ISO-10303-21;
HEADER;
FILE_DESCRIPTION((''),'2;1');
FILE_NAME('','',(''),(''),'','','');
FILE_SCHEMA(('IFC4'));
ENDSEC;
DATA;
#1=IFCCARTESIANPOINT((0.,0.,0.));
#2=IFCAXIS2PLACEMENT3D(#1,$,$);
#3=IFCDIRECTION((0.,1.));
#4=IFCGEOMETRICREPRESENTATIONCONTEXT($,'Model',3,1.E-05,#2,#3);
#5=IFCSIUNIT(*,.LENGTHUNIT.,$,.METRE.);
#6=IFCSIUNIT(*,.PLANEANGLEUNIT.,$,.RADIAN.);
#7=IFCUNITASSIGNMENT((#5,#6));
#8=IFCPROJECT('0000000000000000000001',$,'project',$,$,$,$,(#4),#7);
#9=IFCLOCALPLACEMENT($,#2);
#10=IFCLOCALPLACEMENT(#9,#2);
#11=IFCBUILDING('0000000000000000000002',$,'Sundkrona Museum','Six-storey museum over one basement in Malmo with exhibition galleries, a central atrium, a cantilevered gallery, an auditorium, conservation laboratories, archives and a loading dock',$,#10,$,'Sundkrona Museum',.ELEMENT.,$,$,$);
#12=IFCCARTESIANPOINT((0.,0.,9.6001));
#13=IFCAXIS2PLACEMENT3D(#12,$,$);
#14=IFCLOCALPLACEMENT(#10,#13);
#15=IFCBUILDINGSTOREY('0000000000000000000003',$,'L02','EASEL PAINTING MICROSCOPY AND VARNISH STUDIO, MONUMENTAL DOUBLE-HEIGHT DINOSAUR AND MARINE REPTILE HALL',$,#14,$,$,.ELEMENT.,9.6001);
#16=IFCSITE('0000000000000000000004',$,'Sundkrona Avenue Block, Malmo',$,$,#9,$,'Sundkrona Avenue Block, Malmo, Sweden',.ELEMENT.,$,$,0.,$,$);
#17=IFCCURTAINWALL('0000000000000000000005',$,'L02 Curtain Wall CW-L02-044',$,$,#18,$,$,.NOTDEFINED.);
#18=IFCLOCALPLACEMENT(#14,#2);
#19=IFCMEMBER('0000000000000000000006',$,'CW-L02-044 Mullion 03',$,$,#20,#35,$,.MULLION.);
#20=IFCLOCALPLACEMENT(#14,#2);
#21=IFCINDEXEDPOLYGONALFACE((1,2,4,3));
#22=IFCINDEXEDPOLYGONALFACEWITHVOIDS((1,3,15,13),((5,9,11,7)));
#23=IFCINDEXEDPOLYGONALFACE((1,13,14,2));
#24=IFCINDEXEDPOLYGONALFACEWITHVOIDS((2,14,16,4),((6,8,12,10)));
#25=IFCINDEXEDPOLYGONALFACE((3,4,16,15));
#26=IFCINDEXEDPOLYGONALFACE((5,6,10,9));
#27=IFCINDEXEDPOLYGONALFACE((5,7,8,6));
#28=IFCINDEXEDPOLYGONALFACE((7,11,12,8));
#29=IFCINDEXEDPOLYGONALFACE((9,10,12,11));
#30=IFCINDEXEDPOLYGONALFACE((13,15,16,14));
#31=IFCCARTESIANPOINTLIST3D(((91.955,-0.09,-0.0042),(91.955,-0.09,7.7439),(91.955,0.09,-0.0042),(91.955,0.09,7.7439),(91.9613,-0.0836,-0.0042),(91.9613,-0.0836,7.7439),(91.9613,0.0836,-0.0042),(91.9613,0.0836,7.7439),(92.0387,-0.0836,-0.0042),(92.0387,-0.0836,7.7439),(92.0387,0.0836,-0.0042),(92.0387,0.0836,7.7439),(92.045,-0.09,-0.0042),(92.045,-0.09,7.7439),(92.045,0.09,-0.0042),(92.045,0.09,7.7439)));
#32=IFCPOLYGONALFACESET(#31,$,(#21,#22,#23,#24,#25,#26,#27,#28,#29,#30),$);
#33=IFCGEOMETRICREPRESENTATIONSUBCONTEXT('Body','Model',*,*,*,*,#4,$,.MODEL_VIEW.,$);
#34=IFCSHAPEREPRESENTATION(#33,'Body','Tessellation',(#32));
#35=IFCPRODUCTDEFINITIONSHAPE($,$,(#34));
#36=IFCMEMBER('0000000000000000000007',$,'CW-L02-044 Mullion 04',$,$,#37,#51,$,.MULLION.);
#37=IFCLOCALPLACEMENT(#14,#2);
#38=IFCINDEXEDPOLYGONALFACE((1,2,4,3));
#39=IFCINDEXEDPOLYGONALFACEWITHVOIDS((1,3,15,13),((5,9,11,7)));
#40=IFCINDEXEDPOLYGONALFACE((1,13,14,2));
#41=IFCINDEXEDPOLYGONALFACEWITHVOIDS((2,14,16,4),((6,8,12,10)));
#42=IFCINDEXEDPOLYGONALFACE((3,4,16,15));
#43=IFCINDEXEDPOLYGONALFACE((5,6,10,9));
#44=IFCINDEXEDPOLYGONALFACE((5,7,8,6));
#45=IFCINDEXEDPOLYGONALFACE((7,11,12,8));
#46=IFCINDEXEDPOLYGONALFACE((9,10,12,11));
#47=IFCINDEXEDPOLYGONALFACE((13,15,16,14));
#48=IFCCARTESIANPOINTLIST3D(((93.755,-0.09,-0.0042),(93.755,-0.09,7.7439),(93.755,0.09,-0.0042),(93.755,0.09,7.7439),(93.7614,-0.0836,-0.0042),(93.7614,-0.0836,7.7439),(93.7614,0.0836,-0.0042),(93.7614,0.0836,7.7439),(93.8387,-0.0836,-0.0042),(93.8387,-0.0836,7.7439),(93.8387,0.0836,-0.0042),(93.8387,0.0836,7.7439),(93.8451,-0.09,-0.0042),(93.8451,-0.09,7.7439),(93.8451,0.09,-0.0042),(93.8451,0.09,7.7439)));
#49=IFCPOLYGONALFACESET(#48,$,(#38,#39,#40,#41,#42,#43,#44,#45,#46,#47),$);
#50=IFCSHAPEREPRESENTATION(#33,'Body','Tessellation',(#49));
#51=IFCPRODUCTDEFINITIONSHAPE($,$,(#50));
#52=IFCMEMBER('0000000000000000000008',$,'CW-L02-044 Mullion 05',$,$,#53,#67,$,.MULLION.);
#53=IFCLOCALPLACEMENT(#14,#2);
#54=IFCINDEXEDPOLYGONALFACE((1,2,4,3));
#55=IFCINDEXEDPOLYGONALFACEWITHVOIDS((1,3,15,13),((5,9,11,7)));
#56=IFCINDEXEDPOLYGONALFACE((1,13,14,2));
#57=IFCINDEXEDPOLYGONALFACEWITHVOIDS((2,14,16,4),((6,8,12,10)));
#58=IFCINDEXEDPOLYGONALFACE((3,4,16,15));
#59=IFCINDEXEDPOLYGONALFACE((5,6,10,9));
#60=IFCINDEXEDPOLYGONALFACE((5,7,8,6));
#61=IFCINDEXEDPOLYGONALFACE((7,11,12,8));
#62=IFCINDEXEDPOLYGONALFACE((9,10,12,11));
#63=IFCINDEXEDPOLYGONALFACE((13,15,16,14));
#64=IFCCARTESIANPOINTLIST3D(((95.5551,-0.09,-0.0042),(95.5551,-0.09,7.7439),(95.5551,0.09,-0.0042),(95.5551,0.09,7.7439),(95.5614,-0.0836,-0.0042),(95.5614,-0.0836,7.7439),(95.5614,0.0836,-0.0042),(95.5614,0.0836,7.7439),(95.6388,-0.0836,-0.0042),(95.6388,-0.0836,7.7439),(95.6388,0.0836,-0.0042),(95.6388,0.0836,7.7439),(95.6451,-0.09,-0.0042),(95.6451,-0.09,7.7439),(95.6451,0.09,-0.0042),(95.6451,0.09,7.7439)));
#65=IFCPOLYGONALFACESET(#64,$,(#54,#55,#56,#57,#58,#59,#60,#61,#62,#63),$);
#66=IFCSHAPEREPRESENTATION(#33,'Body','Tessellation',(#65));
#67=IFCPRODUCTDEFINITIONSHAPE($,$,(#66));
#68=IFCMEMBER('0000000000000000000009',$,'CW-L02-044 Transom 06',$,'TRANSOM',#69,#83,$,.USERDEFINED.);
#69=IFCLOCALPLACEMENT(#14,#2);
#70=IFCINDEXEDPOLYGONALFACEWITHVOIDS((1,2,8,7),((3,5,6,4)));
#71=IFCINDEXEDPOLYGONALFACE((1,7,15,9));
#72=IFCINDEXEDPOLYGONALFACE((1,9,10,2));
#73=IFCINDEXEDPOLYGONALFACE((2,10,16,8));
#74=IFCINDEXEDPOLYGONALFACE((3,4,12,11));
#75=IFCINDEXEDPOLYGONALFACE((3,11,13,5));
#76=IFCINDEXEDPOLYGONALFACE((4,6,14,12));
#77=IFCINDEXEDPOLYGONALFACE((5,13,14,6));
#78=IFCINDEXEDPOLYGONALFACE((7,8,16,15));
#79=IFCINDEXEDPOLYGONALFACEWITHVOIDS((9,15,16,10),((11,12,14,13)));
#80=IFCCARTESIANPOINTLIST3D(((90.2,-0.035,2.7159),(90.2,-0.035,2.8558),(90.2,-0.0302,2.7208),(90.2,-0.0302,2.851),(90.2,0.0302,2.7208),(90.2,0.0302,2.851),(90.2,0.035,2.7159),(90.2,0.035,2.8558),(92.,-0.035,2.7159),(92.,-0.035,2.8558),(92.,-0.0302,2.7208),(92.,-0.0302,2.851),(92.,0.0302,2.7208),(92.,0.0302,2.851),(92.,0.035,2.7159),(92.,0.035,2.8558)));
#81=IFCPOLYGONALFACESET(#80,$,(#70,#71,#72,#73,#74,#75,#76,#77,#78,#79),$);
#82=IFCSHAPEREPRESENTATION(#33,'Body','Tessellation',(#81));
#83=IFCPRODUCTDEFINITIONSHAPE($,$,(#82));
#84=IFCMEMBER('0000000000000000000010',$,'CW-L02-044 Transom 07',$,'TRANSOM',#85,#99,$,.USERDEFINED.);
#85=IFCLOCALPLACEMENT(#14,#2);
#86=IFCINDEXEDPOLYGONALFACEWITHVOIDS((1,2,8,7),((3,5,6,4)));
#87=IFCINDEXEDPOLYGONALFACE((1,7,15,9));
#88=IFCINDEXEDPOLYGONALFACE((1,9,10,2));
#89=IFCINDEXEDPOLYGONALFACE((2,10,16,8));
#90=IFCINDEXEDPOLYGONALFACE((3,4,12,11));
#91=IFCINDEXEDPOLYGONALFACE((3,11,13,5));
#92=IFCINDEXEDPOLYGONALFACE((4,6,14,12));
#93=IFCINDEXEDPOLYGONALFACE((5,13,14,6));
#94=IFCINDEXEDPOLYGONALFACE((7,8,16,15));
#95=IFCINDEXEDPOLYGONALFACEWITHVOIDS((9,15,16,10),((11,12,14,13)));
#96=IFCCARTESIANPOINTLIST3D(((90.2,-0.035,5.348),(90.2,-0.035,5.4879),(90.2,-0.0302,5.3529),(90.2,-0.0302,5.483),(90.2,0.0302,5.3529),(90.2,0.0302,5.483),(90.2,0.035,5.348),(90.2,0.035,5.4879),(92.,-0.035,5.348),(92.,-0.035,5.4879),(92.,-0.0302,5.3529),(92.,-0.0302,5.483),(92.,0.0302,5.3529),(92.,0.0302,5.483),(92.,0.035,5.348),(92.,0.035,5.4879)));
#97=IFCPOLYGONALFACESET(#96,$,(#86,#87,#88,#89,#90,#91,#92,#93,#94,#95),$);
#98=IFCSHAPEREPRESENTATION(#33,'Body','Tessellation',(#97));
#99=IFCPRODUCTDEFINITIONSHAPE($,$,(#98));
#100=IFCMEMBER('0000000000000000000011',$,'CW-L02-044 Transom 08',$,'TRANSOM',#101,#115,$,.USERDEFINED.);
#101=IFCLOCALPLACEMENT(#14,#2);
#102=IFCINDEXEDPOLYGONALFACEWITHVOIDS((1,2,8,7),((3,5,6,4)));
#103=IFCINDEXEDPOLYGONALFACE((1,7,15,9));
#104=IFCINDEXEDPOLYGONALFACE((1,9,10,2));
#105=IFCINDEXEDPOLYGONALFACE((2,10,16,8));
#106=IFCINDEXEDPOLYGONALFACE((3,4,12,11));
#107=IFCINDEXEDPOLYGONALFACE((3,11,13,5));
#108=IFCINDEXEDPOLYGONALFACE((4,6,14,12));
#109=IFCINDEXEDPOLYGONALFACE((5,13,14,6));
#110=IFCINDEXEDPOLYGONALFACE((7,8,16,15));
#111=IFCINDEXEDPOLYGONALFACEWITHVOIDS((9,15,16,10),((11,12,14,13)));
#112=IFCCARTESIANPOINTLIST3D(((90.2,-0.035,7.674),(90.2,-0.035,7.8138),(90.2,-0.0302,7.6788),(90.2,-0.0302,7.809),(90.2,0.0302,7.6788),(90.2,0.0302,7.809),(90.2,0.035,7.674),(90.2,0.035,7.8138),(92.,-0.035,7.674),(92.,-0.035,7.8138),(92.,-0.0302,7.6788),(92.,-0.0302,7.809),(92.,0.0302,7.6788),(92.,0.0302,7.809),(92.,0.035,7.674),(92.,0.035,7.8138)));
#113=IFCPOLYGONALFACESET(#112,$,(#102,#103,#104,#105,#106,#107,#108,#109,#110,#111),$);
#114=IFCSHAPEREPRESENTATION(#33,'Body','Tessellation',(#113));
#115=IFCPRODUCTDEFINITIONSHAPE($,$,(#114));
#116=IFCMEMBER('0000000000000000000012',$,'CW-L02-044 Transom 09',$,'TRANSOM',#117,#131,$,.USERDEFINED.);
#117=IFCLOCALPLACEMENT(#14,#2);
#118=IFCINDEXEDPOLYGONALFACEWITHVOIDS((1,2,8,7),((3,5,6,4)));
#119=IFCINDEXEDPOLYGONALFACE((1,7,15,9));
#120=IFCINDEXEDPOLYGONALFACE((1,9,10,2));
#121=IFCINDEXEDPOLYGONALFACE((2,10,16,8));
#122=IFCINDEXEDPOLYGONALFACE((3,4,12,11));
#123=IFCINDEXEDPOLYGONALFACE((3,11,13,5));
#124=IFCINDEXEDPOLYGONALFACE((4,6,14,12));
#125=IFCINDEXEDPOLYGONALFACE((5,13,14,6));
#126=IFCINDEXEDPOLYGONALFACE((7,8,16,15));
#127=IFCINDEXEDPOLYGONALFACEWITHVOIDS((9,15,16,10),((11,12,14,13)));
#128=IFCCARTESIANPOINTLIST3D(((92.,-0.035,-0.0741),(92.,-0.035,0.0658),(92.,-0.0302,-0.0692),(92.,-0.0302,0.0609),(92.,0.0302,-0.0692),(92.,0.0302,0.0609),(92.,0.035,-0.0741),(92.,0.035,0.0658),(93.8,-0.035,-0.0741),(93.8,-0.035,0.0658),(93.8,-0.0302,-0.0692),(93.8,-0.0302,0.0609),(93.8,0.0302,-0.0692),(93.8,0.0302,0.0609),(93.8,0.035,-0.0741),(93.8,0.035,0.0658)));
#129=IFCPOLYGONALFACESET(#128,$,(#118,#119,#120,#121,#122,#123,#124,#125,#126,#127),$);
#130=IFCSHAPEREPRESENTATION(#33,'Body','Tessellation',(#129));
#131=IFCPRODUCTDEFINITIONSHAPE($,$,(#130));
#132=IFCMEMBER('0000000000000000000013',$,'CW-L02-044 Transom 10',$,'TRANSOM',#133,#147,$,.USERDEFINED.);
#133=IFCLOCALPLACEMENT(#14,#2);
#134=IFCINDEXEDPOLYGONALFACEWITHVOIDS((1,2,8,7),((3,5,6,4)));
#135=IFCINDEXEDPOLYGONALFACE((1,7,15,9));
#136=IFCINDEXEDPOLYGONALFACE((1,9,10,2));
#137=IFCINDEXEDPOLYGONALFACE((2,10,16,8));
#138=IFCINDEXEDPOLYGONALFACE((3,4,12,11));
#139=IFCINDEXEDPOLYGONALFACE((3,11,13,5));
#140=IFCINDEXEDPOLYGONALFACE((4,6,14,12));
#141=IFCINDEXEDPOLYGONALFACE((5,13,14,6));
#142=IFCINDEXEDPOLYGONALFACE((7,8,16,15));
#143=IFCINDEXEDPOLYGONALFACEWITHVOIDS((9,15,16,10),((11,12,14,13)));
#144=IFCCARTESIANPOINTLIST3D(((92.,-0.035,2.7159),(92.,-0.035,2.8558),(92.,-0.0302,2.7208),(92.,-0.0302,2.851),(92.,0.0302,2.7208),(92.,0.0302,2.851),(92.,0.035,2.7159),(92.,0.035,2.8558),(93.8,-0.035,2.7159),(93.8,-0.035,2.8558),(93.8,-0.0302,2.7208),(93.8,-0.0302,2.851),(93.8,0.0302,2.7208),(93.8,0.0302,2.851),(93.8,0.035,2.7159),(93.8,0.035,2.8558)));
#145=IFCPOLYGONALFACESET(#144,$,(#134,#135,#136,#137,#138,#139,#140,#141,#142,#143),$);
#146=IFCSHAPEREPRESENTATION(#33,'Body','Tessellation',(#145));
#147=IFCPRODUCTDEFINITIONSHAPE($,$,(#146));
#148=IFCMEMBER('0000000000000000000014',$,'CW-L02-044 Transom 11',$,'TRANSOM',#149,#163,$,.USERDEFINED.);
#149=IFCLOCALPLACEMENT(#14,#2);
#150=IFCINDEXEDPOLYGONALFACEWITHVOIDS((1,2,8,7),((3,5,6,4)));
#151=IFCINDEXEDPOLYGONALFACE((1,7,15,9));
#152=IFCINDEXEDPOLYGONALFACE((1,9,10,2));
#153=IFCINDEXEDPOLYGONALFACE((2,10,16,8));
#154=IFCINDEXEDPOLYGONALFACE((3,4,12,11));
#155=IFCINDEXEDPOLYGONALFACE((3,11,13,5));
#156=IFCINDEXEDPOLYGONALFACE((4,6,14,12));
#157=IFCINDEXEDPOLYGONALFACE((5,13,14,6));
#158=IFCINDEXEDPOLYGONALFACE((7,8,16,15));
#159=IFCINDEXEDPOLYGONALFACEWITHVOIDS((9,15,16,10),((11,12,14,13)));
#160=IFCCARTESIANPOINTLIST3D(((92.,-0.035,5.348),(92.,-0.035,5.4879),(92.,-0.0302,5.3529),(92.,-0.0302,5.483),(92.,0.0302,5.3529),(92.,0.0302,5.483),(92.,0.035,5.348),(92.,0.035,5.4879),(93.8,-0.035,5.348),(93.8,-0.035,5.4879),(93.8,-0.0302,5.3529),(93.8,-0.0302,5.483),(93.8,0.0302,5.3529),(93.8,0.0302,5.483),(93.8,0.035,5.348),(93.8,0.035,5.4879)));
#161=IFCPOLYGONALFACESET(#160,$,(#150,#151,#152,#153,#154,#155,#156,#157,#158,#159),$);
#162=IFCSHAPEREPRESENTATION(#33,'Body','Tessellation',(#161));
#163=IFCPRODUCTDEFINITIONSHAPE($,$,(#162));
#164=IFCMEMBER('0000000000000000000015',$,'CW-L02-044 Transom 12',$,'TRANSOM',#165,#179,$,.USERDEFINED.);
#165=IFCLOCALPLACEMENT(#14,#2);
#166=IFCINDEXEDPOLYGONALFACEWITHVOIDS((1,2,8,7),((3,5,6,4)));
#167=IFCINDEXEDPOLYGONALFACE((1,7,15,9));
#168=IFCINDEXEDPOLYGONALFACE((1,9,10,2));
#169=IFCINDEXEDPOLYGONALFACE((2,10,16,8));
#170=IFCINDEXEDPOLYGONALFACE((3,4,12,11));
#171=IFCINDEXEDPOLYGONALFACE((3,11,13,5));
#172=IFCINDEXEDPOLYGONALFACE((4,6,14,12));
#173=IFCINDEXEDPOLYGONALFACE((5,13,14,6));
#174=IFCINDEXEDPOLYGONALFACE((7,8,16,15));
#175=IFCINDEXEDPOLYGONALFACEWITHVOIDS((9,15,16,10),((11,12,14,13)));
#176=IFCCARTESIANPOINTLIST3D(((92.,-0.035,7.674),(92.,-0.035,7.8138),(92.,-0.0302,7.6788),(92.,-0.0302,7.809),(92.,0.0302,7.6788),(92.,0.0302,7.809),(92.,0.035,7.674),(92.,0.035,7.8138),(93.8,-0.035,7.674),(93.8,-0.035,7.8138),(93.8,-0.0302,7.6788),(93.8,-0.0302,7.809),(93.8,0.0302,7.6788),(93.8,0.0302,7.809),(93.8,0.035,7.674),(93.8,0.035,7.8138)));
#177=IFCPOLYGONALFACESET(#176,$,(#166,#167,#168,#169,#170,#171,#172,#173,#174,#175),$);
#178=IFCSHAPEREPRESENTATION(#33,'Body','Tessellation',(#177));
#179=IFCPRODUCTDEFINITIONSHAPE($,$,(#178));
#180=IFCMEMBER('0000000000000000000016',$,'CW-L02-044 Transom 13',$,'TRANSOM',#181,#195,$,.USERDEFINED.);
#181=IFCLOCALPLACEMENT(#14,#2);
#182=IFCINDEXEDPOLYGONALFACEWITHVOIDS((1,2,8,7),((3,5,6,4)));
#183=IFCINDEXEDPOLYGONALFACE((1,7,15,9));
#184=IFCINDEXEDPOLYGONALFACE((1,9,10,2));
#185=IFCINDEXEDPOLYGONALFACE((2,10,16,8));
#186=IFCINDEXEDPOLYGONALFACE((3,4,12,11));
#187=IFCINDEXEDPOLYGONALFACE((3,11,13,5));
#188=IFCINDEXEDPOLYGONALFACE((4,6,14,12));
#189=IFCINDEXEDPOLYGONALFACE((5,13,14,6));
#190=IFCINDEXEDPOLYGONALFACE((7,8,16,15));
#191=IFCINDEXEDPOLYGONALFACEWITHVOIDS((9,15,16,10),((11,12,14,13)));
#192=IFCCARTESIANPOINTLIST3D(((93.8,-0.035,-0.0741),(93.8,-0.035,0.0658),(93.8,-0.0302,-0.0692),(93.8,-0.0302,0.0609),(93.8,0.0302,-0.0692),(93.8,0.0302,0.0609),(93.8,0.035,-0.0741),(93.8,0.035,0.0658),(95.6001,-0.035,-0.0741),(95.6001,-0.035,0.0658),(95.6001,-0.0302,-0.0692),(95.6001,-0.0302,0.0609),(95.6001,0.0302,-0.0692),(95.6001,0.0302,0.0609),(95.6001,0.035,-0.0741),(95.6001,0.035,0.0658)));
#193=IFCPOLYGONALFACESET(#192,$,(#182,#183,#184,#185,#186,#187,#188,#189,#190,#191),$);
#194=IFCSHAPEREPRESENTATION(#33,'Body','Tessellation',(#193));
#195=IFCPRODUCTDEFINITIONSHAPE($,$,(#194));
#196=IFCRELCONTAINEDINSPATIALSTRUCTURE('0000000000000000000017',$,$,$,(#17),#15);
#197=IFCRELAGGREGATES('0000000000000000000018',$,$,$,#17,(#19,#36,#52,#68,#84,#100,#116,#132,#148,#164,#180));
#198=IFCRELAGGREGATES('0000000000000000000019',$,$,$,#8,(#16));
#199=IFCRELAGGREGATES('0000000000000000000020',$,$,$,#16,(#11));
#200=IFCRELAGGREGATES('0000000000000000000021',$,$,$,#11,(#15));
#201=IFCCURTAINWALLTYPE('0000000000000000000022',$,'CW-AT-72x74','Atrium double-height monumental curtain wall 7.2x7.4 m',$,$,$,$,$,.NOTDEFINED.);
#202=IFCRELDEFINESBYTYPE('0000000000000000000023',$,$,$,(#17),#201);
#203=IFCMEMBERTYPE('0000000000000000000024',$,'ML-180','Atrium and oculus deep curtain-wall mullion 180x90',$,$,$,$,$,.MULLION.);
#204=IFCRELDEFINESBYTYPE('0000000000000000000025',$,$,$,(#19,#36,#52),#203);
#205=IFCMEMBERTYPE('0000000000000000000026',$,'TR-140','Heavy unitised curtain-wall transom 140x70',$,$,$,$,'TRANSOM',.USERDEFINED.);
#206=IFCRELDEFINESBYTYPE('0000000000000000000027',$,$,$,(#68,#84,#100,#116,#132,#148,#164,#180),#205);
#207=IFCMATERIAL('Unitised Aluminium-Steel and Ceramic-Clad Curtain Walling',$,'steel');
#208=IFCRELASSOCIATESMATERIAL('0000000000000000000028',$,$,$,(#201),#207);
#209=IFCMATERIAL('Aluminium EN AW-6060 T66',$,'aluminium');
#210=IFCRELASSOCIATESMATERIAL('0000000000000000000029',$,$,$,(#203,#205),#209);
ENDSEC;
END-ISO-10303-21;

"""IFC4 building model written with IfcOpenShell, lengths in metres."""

from ifc_helpers import new_model, si_unit, direction, frame, origin, origin_2d, place, context, subcontext, project, spatial, hollow_rectangle, extrude, material, material_profile, profile_set, type_object, element, aggregate, save


model = new_model("IFC4")

# Units and contexts
model_context = context("Model", 3, precision=1e-05, world=origin(), true_north=direction((0.0, 1.0)))
body_context = subcontext(model_context, "Body", "Model", "MODEL_VIEW")
ifc_project = project(units=[si_unit("LENGTHUNIT", "METRE"), si_unit("PLANEANGLEUNIT", "RADIAN")], contexts=[model_context])

# Site, building, storey
site_placement = place(None, origin())
site = spatial("IfcSite", under=ifc_project, at=site_placement, Name="Sundkrona Avenue Block, Malmo", LongName="Sundkrona Avenue Block, Malmo, Sweden", CompositionType="ELEMENT", RefElevation=0.0)
building_placement = place(site_placement, origin())
building = spatial("IfcBuilding", under=site, at=building_placement, Name="Sundkrona Museum", Description="Six-storey museum over one basement in Malmo with exhibition galleries, a central atrium, a cantilevered gallery, an auditorium, conservation laboratories, archives and a loading dock", LongName="Sundkrona Museum", CompositionType="ELEMENT")
storey_placement = place(building_placement, frame((0.0, 0.0, 9.6001)))
storey = spatial("IfcBuildingStorey", under=building, at=storey_placement, Name="L02", Description="EASEL PAINTING MICROSCOPY AND VARNISH STUDIO, MONUMENTAL DOUBLE-HEIGHT DINOSAUR AND MARINE REPTILE HALL", CompositionType="ELEMENT", Elevation=9.6001)

# Curtain wall, members
ifc_material_1 = material(Name="Unitised Aluminium-Steel and Ceramic-Clad Curtain Walling", Category="steel")
curtain_wall_type = type_object("IfcCurtainWallType", Name="CW-AT-72x74", Description="Atrium double-height monumental curtain wall 7.2x7.4 m", PredefinedType="NOTDEFINED", material=ifc_material_1)
curtain_wall_placement = place(storey_placement, origin())
curtain_wall = element("IfcCurtainWall", 1, at=curtain_wall_placement, inside=storey, type_object=curtain_wall_type, Name="L02 Curtain Wall CW-L02-044", PredefinedType="NOTDEFINED")
ifc_material_2 = material(Name="Aluminium EN AW-6060 T66", Category="aluminium")
ifc_material_profile_1 = material_profile(ifc_material_2, hollow_rectangle(XDim=0.0901, YDim=0.1799, WallThickness=0.0063, at=origin_2d()), Name="RHS 180x90x6.3")
ifc_profile_set_1 = profile_set([ifc_material_profile_1], Name="Aluminium EN AW-6060 T66")
member_type_1 = type_object("IfcMemberType", Name="ML-180", Description="Atrium and oculus deep curtain-wall mullion 180x90", PredefinedType="MULLION", material=ifc_profile_set_1)
member_1_placement = place(storey_placement, frame((92.0, 0.0, -0.0042), z_axis=(0.0, 0.0, 1.0), x_axis=(1.0, 0.0, 0.0)))
member_1 = element("IfcMember", 2, at=member_1_placement, type_object=member_type_1, Name="CW-L02-044 Mullion 03", PredefinedType="MULLION", context=body_context, shape_type="SweptSolid", body=[
    extrude(hollow_rectangle(XDim=0.0901, YDim=0.1799, WallThickness=0.0063, at=origin_2d()), origin(), (0.0, 0.0, 1.0), 7.748),
])
member_2_placement = place(storey_placement, frame((93.8, 0.0, -0.0042), z_axis=(0.0, 0.0, 1.0), x_axis=(1.0, 0.0, 0.0)))
member_2 = element("IfcMember", 3, at=member_2_placement, type_object=member_type_1, Name="CW-L02-044 Mullion 04", PredefinedType="MULLION", context=body_context, shape_type="SweptSolid", body=[
    extrude(hollow_rectangle(XDim=0.0901, YDim=0.1799, WallThickness=0.0063, at=origin_2d()), origin(), (0.0, 0.0, 1.0), 7.748),
])
member_3_placement = place(storey_placement, frame((95.6001, 0.0, -0.0042), z_axis=(0.0, 0.0, 1.0), x_axis=(1.0, 0.0, 0.0)))
member_3 = element("IfcMember", 4, at=member_3_placement, type_object=member_type_1, Name="CW-L02-044 Mullion 05", PredefinedType="MULLION", context=body_context, shape_type="SweptSolid", body=[
    extrude(hollow_rectangle(XDim=0.0901, YDim=0.1799, WallThickness=0.0063, at=origin_2d()), origin(), (0.0, 0.0, 1.0), 7.748),
])
ifc_material_profile_2 = material_profile(ifc_material_2, hollow_rectangle(XDim=0.0701, YDim=0.1399, WallThickness=0.0049, at=origin_2d()), Name="RHS 140x70x5.0")
ifc_profile_set_2 = profile_set([ifc_material_profile_2], Name="Aluminium EN AW-6060 T66")
member_type_2 = type_object("IfcMemberType", Name="TR-140", Description="Heavy unitised curtain-wall transom 140x70", ElementType="TRANSOM", PredefinedType="USERDEFINED", material=ifc_profile_set_2)
member_4_placement = place(storey_placement, frame((90.2, 0.0, 2.7859), z_axis=(1.0, 0.0, 0.0), x_axis=(0.0, 1.0, 0.0)))
member_4 = element("IfcMember", 5, at=member_4_placement, type_object=member_type_2, Name="CW-L02-044 Transom 06", ObjectType="TRANSOM", PredefinedType="USERDEFINED", context=body_context, shape_type="SweptSolid", body=[
    extrude(hollow_rectangle(XDim=0.0701, YDim=0.1399, WallThickness=0.0049, at=origin_2d()), origin(), (0.0, 0.0, 1.0), 1.8),
])
member_5_placement = place(storey_placement, frame((90.2, 0.0, 5.418), z_axis=(1.0, 0.0, 0.0), x_axis=(0.0, 1.0, 0.0)))
member_5 = element("IfcMember", 6, at=member_5_placement, type_object=member_type_2, Name="CW-L02-044 Transom 07", ObjectType="TRANSOM", PredefinedType="USERDEFINED", context=body_context, shape_type="SweptSolid", body=[
    extrude(hollow_rectangle(XDim=0.0701, YDim=0.1399, WallThickness=0.0049, at=origin_2d()), origin(), (0.0, 0.0, 1.0), 1.8),
])
member_6_placement = place(storey_placement, frame((90.2, 0.0, 7.7439), z_axis=(1.0, 0.0, 0.0), x_axis=(0.0, 1.0, 0.0)))
member_6 = element("IfcMember", 7, at=member_6_placement, type_object=member_type_2, Name="CW-L02-044 Transom 08", ObjectType="TRANSOM", PredefinedType="USERDEFINED", context=body_context, shape_type="SweptSolid", body=[
    extrude(hollow_rectangle(XDim=0.0701, YDim=0.1399, WallThickness=0.0049, at=origin_2d()), origin(), (0.0, 0.0, 1.0), 1.8),
])
member_7_placement = place(storey_placement, frame((92.0, 0.0, -0.0042), z_axis=(1.0, 0.0, 0.0), x_axis=(0.0, 1.0, 0.0)))
member_7 = element("IfcMember", 8, at=member_7_placement, type_object=member_type_2, Name="CW-L02-044 Transom 09", ObjectType="TRANSOM", PredefinedType="USERDEFINED", context=body_context, shape_type="SweptSolid", body=[
    extrude(hollow_rectangle(XDim=0.0701, YDim=0.1399, WallThickness=0.0049, at=origin_2d()), origin(), (0.0, 0.0, 1.0), 1.8),
])
member_8_placement = place(storey_placement, frame((92.0, 0.0, 2.7859), z_axis=(1.0, 0.0, 0.0), x_axis=(0.0, 1.0, 0.0)))
member_8 = element("IfcMember", 9, at=member_8_placement, type_object=member_type_2, Name="CW-L02-044 Transom 10", ObjectType="TRANSOM", PredefinedType="USERDEFINED", context=body_context, shape_type="SweptSolid", body=[
    extrude(hollow_rectangle(XDim=0.0701, YDim=0.1399, WallThickness=0.0049, at=origin_2d()), origin(), (0.0, 0.0, 1.0), 1.8),
])
member_9_placement = place(storey_placement, frame((92.0, 0.0, 5.418), z_axis=(1.0, 0.0, 0.0), x_axis=(0.0, 1.0, 0.0)))
member_9 = element("IfcMember", 10, at=member_9_placement, type_object=member_type_2, Name="CW-L02-044 Transom 11", ObjectType="TRANSOM", PredefinedType="USERDEFINED", context=body_context, shape_type="SweptSolid", body=[
    extrude(hollow_rectangle(XDim=0.0701, YDim=0.1399, WallThickness=0.0049, at=origin_2d()), origin(), (0.0, 0.0, 1.0), 1.8),
])
member_10_placement = place(storey_placement, frame((92.0, 0.0, 7.7439), z_axis=(1.0, 0.0, 0.0), x_axis=(0.0, 1.0, 0.0)))
member_10 = element("IfcMember", 11, at=member_10_placement, type_object=member_type_2, Name="CW-L02-044 Transom 12", ObjectType="TRANSOM", PredefinedType="USERDEFINED", context=body_context, shape_type="SweptSolid", body=[
    extrude(hollow_rectangle(XDim=0.0701, YDim=0.1399, WallThickness=0.0049, at=origin_2d()), origin(), (0.0, 0.0, 1.0), 1.8),
])
member_11_placement = place(storey_placement, frame((93.8, 0.0, -0.0042), z_axis=(1.0, 0.0, 0.0), x_axis=(0.0, 1.0, 0.0)))
member_11 = element("IfcMember", 12, at=member_11_placement, type_object=member_type_2, Name="CW-L02-044 Transom 13", ObjectType="TRANSOM", PredefinedType="USERDEFINED", context=body_context, shape_type="SweptSolid", body=[
    extrude(hollow_rectangle(XDim=0.0701, YDim=0.1399, WallThickness=0.0049, at=origin_2d()), origin(), (0.0, 0.0, 1.0), 1.8),
])
aggregate(curtain_wall, [member_1, member_2, member_3, member_4, member_5, member_6, member_7, member_8, member_9, member_10, member_11])

save(model, "model.ifc")
